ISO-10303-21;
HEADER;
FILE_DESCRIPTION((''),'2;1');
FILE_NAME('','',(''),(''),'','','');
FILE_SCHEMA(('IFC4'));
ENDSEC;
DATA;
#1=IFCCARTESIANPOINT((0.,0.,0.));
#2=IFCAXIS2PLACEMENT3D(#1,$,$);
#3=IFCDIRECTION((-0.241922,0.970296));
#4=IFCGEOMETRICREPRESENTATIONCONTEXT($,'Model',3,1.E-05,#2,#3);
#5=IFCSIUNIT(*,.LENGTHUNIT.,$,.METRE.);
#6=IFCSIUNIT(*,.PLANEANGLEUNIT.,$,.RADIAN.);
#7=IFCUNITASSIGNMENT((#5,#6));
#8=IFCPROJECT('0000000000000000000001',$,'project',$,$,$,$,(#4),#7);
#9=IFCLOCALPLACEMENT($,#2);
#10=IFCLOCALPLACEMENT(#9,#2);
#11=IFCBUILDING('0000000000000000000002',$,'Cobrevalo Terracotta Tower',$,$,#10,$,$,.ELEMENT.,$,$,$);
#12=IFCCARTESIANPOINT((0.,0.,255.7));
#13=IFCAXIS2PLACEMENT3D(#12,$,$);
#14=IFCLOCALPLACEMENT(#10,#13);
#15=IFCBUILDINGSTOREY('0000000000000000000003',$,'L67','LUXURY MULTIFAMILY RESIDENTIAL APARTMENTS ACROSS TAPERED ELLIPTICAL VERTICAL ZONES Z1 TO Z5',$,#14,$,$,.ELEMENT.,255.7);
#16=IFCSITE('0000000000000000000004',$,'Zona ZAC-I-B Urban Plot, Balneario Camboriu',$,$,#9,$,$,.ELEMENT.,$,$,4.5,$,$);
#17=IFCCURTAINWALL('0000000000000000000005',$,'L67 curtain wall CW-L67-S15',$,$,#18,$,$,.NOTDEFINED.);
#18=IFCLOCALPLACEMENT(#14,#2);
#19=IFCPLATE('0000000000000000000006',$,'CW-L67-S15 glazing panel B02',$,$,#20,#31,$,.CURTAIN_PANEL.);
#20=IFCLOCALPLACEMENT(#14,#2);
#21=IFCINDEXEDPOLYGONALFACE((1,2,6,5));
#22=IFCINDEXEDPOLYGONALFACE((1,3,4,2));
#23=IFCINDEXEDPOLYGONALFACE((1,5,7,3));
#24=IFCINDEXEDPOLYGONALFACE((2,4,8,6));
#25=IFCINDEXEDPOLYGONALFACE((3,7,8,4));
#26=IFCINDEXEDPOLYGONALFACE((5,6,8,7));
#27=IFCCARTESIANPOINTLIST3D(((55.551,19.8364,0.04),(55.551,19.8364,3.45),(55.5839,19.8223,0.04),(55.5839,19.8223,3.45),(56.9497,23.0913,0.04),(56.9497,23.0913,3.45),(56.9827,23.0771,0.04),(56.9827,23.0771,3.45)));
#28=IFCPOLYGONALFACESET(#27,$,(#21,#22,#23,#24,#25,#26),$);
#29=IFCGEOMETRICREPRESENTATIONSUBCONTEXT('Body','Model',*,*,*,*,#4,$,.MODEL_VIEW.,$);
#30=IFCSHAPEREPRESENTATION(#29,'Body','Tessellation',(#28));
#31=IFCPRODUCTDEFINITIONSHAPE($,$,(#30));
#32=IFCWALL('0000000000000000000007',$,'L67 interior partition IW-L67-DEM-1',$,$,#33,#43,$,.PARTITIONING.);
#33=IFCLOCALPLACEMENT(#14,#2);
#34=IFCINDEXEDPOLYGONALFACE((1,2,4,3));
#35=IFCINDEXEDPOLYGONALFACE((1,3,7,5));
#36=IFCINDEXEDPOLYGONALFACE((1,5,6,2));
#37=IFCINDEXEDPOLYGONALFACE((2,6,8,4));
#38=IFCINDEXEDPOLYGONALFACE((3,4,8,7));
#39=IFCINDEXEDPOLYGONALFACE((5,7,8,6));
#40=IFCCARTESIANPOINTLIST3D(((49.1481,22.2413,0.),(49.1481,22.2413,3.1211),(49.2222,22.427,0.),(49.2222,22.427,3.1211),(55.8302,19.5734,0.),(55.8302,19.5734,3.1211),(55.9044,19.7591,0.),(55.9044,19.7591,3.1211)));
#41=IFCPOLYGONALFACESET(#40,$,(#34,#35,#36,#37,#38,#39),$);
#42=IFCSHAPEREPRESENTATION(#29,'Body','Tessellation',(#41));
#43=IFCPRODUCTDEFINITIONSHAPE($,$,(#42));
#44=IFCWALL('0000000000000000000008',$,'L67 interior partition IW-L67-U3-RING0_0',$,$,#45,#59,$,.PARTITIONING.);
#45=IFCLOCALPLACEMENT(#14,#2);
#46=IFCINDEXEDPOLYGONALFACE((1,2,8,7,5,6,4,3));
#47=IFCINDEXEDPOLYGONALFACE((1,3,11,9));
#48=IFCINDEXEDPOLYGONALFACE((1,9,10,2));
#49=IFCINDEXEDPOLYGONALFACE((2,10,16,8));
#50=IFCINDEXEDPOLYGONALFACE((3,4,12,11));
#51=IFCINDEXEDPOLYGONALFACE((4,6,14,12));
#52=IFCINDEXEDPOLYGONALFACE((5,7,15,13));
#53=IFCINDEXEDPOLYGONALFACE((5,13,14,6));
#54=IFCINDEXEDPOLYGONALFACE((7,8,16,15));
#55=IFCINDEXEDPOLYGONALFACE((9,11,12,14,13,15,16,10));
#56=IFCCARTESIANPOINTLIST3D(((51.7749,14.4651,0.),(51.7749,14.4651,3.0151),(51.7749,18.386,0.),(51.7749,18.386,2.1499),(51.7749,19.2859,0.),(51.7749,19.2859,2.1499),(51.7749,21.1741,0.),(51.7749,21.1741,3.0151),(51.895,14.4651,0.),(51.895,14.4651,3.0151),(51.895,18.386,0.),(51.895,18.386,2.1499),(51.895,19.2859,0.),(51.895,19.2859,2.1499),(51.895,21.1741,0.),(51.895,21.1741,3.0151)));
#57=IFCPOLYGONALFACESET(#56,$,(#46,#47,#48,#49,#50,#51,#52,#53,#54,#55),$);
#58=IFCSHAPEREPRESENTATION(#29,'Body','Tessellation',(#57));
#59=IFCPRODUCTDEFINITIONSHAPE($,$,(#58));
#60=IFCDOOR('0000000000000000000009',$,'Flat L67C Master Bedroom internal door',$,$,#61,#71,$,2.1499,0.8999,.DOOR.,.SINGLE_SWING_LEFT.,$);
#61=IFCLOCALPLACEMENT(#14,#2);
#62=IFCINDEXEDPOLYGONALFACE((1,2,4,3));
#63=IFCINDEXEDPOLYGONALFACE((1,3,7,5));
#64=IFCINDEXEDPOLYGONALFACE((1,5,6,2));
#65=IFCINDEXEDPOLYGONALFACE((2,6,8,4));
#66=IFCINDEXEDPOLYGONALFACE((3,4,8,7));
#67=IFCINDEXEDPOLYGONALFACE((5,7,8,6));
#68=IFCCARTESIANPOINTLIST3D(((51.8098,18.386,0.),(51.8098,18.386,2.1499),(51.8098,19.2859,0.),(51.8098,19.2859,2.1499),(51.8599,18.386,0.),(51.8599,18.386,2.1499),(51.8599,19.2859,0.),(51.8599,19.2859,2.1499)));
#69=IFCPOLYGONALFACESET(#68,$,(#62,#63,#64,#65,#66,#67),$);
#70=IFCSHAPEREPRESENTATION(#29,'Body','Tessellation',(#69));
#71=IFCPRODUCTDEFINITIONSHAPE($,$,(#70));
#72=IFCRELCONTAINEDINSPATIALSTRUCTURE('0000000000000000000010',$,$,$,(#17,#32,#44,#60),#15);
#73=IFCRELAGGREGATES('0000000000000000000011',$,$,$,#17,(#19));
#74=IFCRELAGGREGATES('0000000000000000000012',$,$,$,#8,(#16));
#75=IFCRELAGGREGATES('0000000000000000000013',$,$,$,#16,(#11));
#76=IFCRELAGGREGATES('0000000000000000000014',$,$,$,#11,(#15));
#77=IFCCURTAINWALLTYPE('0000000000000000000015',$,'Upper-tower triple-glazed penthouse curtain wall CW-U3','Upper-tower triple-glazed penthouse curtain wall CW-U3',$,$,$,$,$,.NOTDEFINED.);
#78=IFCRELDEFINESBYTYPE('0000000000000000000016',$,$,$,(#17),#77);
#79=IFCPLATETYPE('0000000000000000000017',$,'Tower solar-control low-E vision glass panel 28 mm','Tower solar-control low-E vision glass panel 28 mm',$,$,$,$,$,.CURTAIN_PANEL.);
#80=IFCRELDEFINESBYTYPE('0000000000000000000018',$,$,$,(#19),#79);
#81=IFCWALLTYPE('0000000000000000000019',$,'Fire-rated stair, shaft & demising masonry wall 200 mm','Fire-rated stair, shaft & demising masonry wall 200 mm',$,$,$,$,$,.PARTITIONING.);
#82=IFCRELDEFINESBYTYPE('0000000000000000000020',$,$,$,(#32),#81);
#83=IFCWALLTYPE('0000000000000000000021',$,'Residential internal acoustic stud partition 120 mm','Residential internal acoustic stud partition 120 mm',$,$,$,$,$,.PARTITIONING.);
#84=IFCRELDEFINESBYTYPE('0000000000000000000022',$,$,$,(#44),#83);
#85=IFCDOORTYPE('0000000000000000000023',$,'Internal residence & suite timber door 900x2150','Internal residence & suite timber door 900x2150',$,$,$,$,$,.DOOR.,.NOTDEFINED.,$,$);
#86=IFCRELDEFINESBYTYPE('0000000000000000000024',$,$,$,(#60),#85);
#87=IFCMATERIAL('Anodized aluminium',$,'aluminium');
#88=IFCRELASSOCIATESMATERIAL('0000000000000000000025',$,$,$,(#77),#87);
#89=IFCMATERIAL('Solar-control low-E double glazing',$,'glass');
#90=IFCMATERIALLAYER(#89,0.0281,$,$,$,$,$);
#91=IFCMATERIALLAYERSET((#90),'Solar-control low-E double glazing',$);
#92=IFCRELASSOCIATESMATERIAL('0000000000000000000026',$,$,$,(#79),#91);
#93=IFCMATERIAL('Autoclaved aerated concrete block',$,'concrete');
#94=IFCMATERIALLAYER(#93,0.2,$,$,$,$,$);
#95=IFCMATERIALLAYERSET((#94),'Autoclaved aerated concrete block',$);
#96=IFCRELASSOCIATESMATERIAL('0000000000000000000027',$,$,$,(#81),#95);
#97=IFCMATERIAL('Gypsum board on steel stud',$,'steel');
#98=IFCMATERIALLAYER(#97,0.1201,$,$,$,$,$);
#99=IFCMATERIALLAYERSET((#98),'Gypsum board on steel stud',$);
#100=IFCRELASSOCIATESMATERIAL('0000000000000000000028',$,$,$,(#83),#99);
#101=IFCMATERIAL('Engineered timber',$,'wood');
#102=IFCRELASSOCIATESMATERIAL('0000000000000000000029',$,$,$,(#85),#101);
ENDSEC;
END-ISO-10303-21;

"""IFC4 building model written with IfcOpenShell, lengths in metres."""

from ifc_helpers import new_model, si_unit, direction, frame, frame_2d, origin, origin_2d, place, context, subcontext, project, spatial, rectangle, extrude, source, transform, mapped, material, layer, layer_set, type_object, element, fill, aggregate, save


model = new_model("IFC4")

# Units and contexts
model_context = context("Model", 3, precision=1e-05, world=origin(), true_north=direction((-0.241922, 0.970296)))
body_context = subcontext(model_context, "Body", "Model", "MODEL_VIEW")
ifc_project = project(units=[si_unit("LENGTHUNIT", "METRE"), si_unit("PLANEANGLEUNIT", "RADIAN")], contexts=[model_context])

# Site, building, storey
site_placement = place(None, origin())
site = spatial("IfcSite", under=ifc_project, at=site_placement, Name="Zona ZAC-I-B Urban Plot, Balneario Camboriu", CompositionType="ELEMENT", RefElevation=4.5)
building_placement = place(site_placement, origin())
building = spatial("IfcBuilding", under=site, at=building_placement, Name="Cobrevalo Terracotta Tower", CompositionType="ELEMENT")
storey_placement = place(building_placement, frame((0.0, 0.0, 255.7)))
storey = spatial("IfcBuildingStorey", under=building, at=storey_placement, Name="L67", Description="LUXURY MULTIFAMILY RESIDENTIAL APARTMENTS ACROSS TAPERED ELLIPTICAL VERTICAL ZONES Z1 TO Z5", CompositionType="ELEMENT", Elevation=255.7)

# Curtain wall
ifc_material_1 = material(Name="Anodized aluminium", Category="aluminium")
curtain_wall_type = type_object("IfcCurtainWallType", Name="Upper-tower triple-glazed penthouse curtain wall CW-U3", Description="Upper-tower triple-glazed penthouse curtain wall CW-U3", PredefinedType="NOTDEFINED", material=ifc_material_1)
curtain_wall_1_placement = place(storey_placement, origin())
curtain_wall_1 = element("IfcCurtainWall", 1, at=curtain_wall_1_placement, inside=storey, type_object=curtain_wall_type, Name="L67 curtain wall CW-L67-S15", PredefinedType="NOTDEFINED")

# Plate
ifc_material_2 = material(Name="Solar-control low-E double glazing", Category="glass")
ifc_layer_1 = layer(ifc_material_2, 0.0281)
ifc_layer_set_1 = layer_set([ifc_layer_1], Name="Solar-control low-E double glazing")
plate_type = type_object("IfcPlateType", Name="Tower solar-control low-E vision glass panel 28 mm", Description="Tower solar-control low-E vision glass panel 28 mm", PredefinedType="CURTAIN_PANEL", material=ifc_layer_set_1)
shared_shape_1 = source(origin(), body_context, "Body", "SweptSolid", [
    extrude(rectangle(XDim=3.5427, YDim=0.0359, at=origin_2d()), origin(), (0.0, 0.0, 1.0), 3.4099),
])
plate_1_placement = place(storey_placement, frame((56.2668, 21.4568, 0.04), z_axis=(0.0, 0.0, 1.0), x_axis=(0.394829, 0.918755, 0.0)))
plate_1 = element("IfcPlate", 2, at=plate_1_placement, type_object=plate_type, Name="CW-L67-S15 glazing panel B02", PredefinedType="CURTAIN_PANEL", context=body_context, shape_type="MappedRepresentation", body=[
    mapped(shared_shape_1, transform((0.0, 0.0, 0.0), scale=1.0)),
])
aggregate(curtain_wall_1, [plate_1])

# Wall
ifc_material_3 = material(Name="Autoclaved aerated concrete block", Category="concrete")
ifc_layer_2 = layer(ifc_material_3, 0.2)
ifc_layer_set_2 = layer_set([ifc_layer_2], Name="Autoclaved aerated concrete block")
wall_type_1 = type_object("IfcWallType", Name="Fire-rated stair, shaft & demising masonry wall 200 mm", Description="Fire-rated stair, shaft & demising masonry wall 200 mm", PredefinedType="PARTITIONING", material=ifc_layer_set_2)
wall_1_placement = place(storey_placement, frame((49.1851, 22.3342, 0.0), z_axis=(0.0, 0.0, 1.0), x_axis=(0.928711, -0.370806, 0.0)))
element("IfcWall", 3, at=wall_1_placement, inside=storey, type_object=wall_type_1, Name="L67 interior partition IW-L67-DEM-1", PredefinedType="PARTITIONING", context=body_context, shape_type="SweptSolid", body=[
    extrude(rectangle(XDim=7.1951, YDim=0.2, at=frame_2d((3.5977, 0.0))), origin(), (0.0, 0.0, 1.0), 3.1211),
])

# Wall, opening, door
ifc_material_4 = material(Name="Gypsum board on steel stud", Category="steel")
ifc_layer_3 = layer(ifc_material_4, 0.1201)
ifc_layer_set_3 = layer_set([ifc_layer_3], Name="Gypsum board on steel stud")
wall_type_2 = type_object("IfcWallType", Name="Residential internal acoustic stud partition 120 mm", Description="Residential internal acoustic stud partition 120 mm", PredefinedType="PARTITIONING", material=ifc_layer_set_3)
wall_2_placement = place(storey_placement, frame((51.835, 21.1741, 0.0), z_axis=(0.0, 0.0, 1.0), x_axis=(0.0, -1.0, 0.0)))
wall_2 = element("IfcWall", 4, at=wall_2_placement, inside=storey, type_object=wall_type_2, Name="L67 interior partition IW-L67-U3-RING0_0", PredefinedType="PARTITIONING", context=body_context, shape_type="SweptSolid", body=[
    extrude(rectangle(XDim=6.709, YDim=0.1201, at=frame_2d((3.3545, 0.0))), origin(), (0.0, 0.0, 1.0), 3.0151),
])
opening_placement = place(wall_2_placement, frame((1.8882, 0.0, 0.0)))
opening = element("IfcOpeningElement", 5, at=opening_placement, cuts=wall_2, PredefinedType="OPENING", context=body_context, shape_type="SweptSolid", body=[
    extrude(rectangle(XDim=0.8999, YDim=2.1499, at=frame_2d((0.45, 1.075))), frame((0.0, 0.0701, 0.0), z_axis=(0.0, -1.0, 0.0), x_axis=(1.0, 0.0, 0.0)), (0.0, 0.0, 1.0), 0.1401),
])
ifc_material_5 = material(Name="Engineered timber", Category="wood")
door_type = type_object("IfcDoorType", Name="Internal residence & suite timber door 900x2150", Description="Internal residence & suite timber door 900x2150", OperationType="NOTDEFINED", PredefinedType="DOOR", material=ifc_material_5)
shared_shape_2 = source(origin(), body_context, "Body", "SweptSolid", [
    extrude(rectangle(XDim=0.8999, YDim=2.1499, at=frame_2d((0.45, 1.075))), frame((0.0, 0.0249, 0.0), z_axis=(0.0, -1.0, 0.0), x_axis=(1.0, 0.0, 0.0)), (0.0, 0.0, 1.0), 0.05),
])
door_placement = place(opening_placement, origin())
door = element("IfcDoor", 6, at=door_placement, inside=storey, type_object=door_type, Name="Flat L67C Master Bedroom internal door", OperationType="SINGLE_SWING_LEFT", OverallHeight=2.1499, OverallWidth=0.8999, PredefinedType="DOOR", context=body_context, shape_type="MappedRepresentation", body=[
    mapped(shared_shape_2, transform((0.0, 0.0, 0.0), scale=1.0)),
])
fill(opening, door)

save(model, "model.ifc")
